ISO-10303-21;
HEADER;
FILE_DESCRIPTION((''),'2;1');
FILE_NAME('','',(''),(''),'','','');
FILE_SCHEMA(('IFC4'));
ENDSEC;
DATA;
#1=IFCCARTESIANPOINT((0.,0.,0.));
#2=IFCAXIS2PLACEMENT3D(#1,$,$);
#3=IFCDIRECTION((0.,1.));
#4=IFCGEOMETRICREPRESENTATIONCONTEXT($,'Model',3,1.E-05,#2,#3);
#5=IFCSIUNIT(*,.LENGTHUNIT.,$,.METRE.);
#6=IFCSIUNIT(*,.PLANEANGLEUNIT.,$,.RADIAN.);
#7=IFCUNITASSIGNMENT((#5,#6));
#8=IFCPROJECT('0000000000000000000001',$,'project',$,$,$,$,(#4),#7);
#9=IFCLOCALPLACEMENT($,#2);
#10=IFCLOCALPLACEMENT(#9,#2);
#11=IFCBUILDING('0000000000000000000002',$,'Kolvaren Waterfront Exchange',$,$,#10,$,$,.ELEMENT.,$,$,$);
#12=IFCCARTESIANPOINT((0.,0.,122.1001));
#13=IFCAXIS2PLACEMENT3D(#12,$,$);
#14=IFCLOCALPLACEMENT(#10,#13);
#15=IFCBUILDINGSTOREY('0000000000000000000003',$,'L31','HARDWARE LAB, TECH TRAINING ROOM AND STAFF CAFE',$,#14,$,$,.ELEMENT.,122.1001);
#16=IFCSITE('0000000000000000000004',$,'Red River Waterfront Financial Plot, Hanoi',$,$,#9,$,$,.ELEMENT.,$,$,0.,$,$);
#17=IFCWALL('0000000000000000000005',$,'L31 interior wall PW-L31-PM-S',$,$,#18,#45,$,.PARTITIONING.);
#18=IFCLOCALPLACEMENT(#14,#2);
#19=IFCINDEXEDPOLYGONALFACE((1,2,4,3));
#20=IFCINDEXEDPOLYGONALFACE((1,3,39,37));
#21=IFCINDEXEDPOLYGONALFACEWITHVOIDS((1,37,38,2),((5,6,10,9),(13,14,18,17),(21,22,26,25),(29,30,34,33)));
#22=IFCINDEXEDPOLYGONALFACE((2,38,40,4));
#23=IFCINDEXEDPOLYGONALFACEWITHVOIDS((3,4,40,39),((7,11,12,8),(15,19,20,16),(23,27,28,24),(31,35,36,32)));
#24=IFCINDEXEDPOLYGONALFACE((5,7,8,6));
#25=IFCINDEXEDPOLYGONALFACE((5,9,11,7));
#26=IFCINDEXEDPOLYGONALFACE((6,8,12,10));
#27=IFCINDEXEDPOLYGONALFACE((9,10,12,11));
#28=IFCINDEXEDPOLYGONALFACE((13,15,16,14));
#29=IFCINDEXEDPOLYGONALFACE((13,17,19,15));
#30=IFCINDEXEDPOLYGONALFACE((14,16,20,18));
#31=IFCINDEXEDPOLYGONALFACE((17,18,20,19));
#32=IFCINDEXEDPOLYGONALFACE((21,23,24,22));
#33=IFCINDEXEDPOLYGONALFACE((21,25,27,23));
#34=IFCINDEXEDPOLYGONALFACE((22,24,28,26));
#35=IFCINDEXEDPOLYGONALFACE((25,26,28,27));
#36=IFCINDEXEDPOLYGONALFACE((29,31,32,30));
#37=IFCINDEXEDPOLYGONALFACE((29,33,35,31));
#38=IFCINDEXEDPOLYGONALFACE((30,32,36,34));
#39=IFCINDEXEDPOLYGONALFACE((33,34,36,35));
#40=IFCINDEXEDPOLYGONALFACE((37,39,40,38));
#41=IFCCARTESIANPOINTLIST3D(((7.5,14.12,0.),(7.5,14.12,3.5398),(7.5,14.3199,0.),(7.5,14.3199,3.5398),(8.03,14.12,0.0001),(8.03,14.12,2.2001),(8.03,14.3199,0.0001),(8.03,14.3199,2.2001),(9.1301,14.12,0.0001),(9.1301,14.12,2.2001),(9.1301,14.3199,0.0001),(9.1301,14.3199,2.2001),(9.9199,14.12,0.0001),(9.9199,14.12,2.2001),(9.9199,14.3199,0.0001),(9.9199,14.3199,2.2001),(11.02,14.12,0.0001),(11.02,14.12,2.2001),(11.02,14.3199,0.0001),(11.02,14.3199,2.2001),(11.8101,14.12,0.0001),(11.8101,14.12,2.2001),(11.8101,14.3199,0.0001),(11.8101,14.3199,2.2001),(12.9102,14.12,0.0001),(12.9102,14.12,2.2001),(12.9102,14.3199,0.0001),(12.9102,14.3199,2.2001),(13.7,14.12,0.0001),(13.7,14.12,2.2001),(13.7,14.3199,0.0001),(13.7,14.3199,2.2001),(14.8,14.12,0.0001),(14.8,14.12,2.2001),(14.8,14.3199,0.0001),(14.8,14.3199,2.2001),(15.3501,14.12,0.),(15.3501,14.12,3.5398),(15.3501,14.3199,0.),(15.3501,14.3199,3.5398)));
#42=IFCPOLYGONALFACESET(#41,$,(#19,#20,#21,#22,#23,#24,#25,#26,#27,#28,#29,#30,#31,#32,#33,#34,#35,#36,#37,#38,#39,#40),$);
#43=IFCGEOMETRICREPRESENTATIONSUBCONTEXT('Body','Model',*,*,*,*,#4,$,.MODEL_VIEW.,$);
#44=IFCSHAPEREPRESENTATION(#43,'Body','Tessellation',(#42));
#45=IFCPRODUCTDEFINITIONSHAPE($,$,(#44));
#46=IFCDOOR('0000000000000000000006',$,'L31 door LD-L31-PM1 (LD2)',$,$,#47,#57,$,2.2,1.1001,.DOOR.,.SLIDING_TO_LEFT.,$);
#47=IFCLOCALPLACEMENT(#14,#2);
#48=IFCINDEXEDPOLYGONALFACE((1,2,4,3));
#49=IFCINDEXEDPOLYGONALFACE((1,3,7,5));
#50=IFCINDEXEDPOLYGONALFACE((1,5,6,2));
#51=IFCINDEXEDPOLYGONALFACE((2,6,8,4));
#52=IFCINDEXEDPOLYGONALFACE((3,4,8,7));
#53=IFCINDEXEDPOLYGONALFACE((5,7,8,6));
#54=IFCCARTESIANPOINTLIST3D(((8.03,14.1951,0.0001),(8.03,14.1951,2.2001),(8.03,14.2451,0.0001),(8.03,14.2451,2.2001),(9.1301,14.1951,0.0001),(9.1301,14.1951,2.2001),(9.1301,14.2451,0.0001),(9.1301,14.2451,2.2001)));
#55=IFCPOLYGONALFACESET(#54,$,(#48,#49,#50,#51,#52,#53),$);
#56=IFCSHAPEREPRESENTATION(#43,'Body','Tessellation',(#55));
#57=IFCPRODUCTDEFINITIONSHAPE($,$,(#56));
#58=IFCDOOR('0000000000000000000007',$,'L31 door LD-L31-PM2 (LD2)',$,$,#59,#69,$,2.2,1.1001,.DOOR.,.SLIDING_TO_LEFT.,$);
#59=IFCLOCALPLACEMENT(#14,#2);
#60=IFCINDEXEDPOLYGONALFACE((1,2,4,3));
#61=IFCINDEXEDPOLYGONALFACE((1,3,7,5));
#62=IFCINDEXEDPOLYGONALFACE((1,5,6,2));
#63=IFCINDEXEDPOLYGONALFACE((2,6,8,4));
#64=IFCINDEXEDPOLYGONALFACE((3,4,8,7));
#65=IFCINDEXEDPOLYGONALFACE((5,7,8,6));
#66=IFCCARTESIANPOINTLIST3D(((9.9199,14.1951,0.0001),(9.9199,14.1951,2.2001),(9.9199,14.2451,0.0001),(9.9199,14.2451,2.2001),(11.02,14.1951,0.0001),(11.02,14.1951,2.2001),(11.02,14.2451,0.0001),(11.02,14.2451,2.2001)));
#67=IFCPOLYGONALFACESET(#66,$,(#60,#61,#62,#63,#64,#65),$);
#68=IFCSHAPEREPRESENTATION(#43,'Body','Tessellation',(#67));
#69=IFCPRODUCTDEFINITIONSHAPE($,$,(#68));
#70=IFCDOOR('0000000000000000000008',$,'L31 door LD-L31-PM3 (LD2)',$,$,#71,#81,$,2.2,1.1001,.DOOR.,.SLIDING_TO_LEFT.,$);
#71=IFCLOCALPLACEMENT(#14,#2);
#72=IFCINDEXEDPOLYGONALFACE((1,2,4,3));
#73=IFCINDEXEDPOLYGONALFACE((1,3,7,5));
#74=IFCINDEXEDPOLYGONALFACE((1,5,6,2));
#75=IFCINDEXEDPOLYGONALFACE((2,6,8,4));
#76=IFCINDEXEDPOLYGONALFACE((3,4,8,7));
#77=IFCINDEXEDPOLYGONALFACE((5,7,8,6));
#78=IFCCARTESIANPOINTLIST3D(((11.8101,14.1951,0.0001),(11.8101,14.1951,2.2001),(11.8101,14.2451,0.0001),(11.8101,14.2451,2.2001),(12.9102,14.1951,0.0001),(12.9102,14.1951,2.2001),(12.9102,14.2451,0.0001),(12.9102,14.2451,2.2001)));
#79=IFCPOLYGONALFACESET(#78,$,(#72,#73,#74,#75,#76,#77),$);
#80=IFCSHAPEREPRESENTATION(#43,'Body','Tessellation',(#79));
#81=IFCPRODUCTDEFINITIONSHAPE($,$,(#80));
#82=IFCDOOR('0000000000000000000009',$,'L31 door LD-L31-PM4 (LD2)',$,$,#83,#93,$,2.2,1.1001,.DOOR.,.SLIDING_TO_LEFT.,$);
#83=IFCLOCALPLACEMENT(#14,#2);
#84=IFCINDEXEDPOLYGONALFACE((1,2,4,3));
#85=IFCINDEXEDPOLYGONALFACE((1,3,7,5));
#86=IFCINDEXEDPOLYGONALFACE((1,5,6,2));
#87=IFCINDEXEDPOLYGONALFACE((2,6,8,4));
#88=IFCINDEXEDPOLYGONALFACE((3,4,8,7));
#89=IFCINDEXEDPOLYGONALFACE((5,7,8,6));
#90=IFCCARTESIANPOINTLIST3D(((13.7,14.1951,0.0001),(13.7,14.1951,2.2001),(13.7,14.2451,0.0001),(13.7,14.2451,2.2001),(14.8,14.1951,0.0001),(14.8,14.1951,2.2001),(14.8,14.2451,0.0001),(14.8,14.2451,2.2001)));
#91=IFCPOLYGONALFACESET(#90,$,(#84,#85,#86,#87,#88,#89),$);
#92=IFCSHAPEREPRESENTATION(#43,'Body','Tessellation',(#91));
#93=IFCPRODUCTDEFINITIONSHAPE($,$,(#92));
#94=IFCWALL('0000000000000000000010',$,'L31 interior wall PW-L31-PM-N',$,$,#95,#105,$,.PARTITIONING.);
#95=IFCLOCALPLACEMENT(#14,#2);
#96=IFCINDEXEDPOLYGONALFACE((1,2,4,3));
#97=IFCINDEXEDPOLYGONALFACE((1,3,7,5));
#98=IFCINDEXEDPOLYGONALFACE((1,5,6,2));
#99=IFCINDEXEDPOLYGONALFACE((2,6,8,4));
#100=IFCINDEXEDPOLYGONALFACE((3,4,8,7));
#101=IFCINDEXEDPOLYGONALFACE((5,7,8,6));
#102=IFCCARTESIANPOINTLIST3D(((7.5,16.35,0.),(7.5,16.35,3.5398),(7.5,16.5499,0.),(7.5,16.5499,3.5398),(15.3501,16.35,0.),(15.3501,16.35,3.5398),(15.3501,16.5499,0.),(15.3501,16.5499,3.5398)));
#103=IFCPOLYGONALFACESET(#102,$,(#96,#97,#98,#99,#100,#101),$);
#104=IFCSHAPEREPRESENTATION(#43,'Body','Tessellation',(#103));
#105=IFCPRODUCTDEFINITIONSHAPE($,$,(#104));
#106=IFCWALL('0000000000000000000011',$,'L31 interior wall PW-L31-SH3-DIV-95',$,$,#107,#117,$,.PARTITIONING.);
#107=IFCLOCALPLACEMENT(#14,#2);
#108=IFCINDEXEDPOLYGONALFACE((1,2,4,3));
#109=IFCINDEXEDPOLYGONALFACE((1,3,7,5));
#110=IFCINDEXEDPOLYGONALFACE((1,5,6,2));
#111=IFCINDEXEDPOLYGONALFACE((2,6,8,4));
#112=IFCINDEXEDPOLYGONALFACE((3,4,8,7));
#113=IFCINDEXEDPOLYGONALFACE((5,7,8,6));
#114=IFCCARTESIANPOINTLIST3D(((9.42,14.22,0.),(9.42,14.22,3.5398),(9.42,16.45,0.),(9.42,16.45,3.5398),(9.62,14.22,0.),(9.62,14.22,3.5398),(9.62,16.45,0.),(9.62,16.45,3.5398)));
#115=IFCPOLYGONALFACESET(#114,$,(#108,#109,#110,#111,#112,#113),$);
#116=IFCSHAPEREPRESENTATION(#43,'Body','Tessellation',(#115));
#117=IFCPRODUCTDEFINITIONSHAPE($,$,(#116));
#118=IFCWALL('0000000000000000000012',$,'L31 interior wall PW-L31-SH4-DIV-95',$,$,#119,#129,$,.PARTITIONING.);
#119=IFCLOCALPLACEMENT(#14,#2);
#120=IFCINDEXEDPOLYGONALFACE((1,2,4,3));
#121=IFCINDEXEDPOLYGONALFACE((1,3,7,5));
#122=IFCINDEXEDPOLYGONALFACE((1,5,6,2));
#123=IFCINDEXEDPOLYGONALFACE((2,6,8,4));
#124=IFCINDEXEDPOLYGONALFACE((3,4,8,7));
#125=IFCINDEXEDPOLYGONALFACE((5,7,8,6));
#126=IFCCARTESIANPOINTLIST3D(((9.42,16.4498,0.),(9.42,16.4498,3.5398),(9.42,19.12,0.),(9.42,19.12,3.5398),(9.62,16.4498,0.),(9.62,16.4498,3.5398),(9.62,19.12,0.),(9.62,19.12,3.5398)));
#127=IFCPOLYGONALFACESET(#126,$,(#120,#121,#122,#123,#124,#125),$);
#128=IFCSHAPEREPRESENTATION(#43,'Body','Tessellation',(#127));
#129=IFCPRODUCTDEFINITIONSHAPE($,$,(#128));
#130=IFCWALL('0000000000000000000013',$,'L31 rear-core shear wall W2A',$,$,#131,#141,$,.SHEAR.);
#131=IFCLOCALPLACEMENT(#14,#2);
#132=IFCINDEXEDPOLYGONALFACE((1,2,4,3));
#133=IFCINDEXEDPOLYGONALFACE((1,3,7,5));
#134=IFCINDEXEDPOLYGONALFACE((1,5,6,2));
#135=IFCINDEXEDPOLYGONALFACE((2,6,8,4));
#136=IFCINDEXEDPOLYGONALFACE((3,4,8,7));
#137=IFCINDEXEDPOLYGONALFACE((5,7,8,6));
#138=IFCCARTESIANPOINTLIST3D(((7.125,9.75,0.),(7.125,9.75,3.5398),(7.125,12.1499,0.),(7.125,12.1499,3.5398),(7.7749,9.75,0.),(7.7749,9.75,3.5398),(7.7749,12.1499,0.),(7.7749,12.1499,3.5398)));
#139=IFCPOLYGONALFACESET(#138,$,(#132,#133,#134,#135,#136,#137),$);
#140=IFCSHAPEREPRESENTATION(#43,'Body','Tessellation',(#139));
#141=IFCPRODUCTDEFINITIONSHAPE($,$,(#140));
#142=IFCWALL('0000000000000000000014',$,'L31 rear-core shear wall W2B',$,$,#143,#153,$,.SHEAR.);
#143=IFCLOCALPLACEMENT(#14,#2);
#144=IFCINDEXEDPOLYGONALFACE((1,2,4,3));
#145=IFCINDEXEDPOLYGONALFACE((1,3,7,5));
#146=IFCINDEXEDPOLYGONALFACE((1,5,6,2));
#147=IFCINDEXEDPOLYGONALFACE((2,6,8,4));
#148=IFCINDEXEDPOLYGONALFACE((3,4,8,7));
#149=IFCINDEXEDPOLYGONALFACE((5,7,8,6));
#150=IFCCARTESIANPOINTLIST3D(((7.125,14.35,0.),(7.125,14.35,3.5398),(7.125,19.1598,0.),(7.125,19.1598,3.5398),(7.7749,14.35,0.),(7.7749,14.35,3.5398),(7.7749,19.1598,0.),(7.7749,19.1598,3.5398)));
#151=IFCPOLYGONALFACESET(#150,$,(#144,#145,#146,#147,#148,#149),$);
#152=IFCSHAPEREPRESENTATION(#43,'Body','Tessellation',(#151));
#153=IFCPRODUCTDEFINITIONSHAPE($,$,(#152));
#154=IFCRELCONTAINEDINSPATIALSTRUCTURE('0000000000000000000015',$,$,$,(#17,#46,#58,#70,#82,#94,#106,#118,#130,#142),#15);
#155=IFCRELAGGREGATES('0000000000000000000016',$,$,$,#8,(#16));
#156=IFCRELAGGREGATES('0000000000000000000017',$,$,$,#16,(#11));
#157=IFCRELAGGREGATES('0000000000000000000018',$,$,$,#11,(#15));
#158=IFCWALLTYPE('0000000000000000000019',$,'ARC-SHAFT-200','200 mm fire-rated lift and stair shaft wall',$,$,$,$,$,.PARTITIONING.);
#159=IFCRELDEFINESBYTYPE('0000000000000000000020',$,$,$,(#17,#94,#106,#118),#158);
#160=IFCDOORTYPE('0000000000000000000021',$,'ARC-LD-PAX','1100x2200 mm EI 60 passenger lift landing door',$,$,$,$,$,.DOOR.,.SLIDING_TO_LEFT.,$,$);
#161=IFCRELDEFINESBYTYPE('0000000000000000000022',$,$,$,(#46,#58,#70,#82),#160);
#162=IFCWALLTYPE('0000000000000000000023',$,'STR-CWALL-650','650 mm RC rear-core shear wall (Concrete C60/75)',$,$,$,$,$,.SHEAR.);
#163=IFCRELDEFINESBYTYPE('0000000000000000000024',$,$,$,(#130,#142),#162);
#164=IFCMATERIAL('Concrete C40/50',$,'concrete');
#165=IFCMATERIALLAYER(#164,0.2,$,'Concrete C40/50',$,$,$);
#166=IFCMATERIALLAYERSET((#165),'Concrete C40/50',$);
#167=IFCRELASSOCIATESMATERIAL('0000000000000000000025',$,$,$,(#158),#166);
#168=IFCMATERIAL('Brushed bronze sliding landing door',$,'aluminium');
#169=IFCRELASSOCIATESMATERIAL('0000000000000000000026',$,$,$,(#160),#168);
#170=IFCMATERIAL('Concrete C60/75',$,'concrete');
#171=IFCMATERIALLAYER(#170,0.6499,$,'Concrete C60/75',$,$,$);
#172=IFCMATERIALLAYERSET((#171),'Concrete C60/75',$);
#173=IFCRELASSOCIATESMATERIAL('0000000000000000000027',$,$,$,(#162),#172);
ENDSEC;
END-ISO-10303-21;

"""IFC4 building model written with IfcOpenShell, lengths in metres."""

from ifc_helpers import new_model, si_unit, direction, frame, frame_2d, origin, place, context, subcontext, project, spatial, rectangle, extrude, material, layer, layer_set, type_object, element, fill, save


model = new_model("IFC4")

# Units and contexts
model_context = context("Model", 3, precision=1e-05, world=origin(), true_north=direction((0.0, 1.0)))
body_context = subcontext(model_context, "Body", "Model", "MODEL_VIEW")
ifc_project = project(units=[si_unit("LENGTHUNIT", "METRE"), si_unit("PLANEANGLEUNIT", "RADIAN")], contexts=[model_context])

# Site, building, storey
site_placement = place(None, origin())
site = spatial("IfcSite", under=ifc_project, at=site_placement, Name="Red River Waterfront Financial Plot, Hanoi", CompositionType="ELEMENT", RefElevation=0.0)
building_placement = place(site_placement, origin())
building = spatial("IfcBuilding", under=site, at=building_placement, Name="Kolvaren Waterfront Exchange", CompositionType="ELEMENT")
storey_placement = place(building_placement, frame((0.0, 0.0, 122.1001)))
storey = spatial("IfcBuildingStorey", under=building, at=storey_placement, Name="L31", Description="HARDWARE LAB, TECH TRAINING ROOM AND STAFF CAFE", CompositionType="ELEMENT", Elevation=122.1001)

# Shared definitions
ifc_material_1 = material(Name="Concrete C60/75", Category="concrete")

# Wall, openings, doors
ifc_material_2 = material(Name="Concrete C40/50", Category="concrete")
ifc_layer_1 = layer(ifc_material_2, 0.2, Name="Concrete C40/50")
ifc_layer_set_1 = layer_set([ifc_layer_1], Name="Concrete C40/50")
wall_type_1 = type_object("IfcWallType", Name="ARC-SHAFT-200", Description="200 mm fire-rated lift and stair shaft wall", PredefinedType="PARTITIONING", material=ifc_layer_set_1)
wall_1_placement = place(storey_placement, frame((7.5, 14.22, 0.0), z_axis=(0.0, 0.0, 1.0), x_axis=(1.0, 0.0, 0.0)))
wall_1 = element("IfcWall", 1, at=wall_1_placement, inside=storey, type_object=wall_type_1, Name="L31 interior wall PW-L31-PM-S", PredefinedType="PARTITIONING", context=body_context, shape_type="SweptSolid", body=[
    extrude(rectangle(XDim=7.8501, YDim=0.2, at=frame_2d((3.925, 0.0))), origin(), (0.0, 0.0, 1.0), 3.5398),
])
opening_1_placement = place(wall_1_placement, frame((0.53, 0.0, 0.0)))
opening_1 = element("IfcOpeningElement", 2, at=opening_1_placement, cuts=wall_1, PredefinedType="OPENING", context=body_context, shape_type="SweptSolid", body=[
    extrude(rectangle(XDim=1.1001, YDim=2.2, at=frame_2d((0.55, 1.1001))), frame((0.0, 0.1099, 0.0), z_axis=(0.0, -1.0, 0.0), x_axis=(1.0, 0.0, 0.0)), (0.0, 0.0, 1.0), 0.22),
])
opening_2_placement = place(wall_1_placement, frame((2.4199, 0.0, 0.0)))
opening_2 = element("IfcOpeningElement", 3, at=opening_2_placement, cuts=wall_1, PredefinedType="OPENING", context=body_context, shape_type="SweptSolid", body=[
    extrude(rectangle(XDim=1.1001, YDim=2.2, at=frame_2d((0.55, 1.1001))), frame((0.0, 0.1099, 0.0), z_axis=(0.0, -1.0, 0.0), x_axis=(1.0, 0.0, 0.0)), (0.0, 0.0, 1.0), 0.22),
])
opening_3_placement = place(wall_1_placement, frame((4.3101, 0.0, 0.0)))
opening_3 = element("IfcOpeningElement", 4, at=opening_3_placement, cuts=wall_1, PredefinedType="OPENING", context=body_context, shape_type="SweptSolid", body=[
    extrude(rectangle(XDim=1.1001, YDim=2.2, at=frame_2d((0.55, 1.1001))), frame((0.0, 0.1099, 0.0), z_axis=(0.0, -1.0, 0.0), x_axis=(1.0, 0.0, 0.0)), (0.0, 0.0, 1.0), 0.22),
])
opening_4_placement = place(wall_1_placement, frame((6.2, 0.0, 0.0)))
opening_4 = element("IfcOpeningElement", 5, at=opening_4_placement, cuts=wall_1, PredefinedType="OPENING", context=body_context, shape_type="SweptSolid", body=[
    extrude(rectangle(XDim=1.1001, YDim=2.2, at=frame_2d((0.55, 1.1001))), frame((0.0, 0.1099, 0.0), z_axis=(0.0, -1.0, 0.0), x_axis=(1.0, 0.0, 0.0)), (0.0, 0.0, 1.0), 0.22),
])
ifc_material_3 = material(Name="Brushed bronze sliding landing door", Category="aluminium")
door_type_1 = type_object("IfcDoorType", Name="ARC-LD-PAX", Description="1100x2200 mm EI 60 passenger lift landing door", OperationType="SLIDING_TO_LEFT", PredefinedType="DOOR", material=ifc_material_3)
door_1_placement = place(opening_1_placement, frame((1.1001, 0.0, 0.0), z_axis=(0.0, 0.0, 1.0), x_axis=(-1.0, 0.0, 0.0)))
door_1 = element("IfcDoor", 6, at=door_1_placement, inside=storey, type_object=door_type_1, Name="L31 door LD-L31-PM1 (LD2)", OperationType="SLIDING_TO_LEFT", OverallHeight=2.2, OverallWidth=1.1001, PredefinedType="DOOR", context=body_context, shape_type="SweptSolid", body=[
    extrude(rectangle(XDim=1.1001, YDim=2.2, at=frame_2d((0.55, 1.1001))), frame((0.0, 0.0249, 0.0), z_axis=(0.0, -1.0, 0.0), x_axis=(1.0, 0.0, 0.0)), (0.0, 0.0, 1.0), 0.05),
])
fill(opening_1, door_1)
door_2_placement = place(opening_2_placement, frame((1.1001, 0.0, 0.0), z_axis=(0.0, 0.0, 1.0), x_axis=(-1.0, 0.0, 0.0)))
door_2 = element("IfcDoor", 7, at=door_2_placement, inside=storey, type_object=door_type_1, Name="L31 door LD-L31-PM2 (LD2)", OperationType="SLIDING_TO_LEFT", OverallHeight=2.2, OverallWidth=1.1001, PredefinedType="DOOR", context=body_context, shape_type="SweptSolid", body=[
    extrude(rectangle(XDim=1.1001, YDim=2.2, at=frame_2d((0.55, 1.1001))), frame((0.0, 0.0249, 0.0), z_axis=(0.0, -1.0, 0.0), x_axis=(1.0, 0.0, 0.0)), (0.0, 0.0, 1.0), 0.05),
])
fill(opening_2, door_2)
door_3_placement = place(opening_3_placement, frame((1.1001, 0.0, 0.0), z_axis=(0.0, 0.0, 1.0), x_axis=(-1.0, 0.0, 0.0)))
door_3 = element("IfcDoor", 8, at=door_3_placement, inside=storey, type_object=door_type_1, Name="L31 door LD-L31-PM3 (LD2)", OperationType="SLIDING_TO_LEFT", OverallHeight=2.2, OverallWidth=1.1001, PredefinedType="DOOR", context=body_context, shape_type="SweptSolid", body=[
    extrude(rectangle(XDim=1.1001, YDim=2.2, at=frame_2d((0.55, 1.1001))), frame((0.0, 0.0249, 0.0), z_axis=(0.0, -1.0, 0.0), x_axis=(1.0, 0.0, 0.0)), (0.0, 0.0, 1.0), 0.05),
])
fill(opening_3, door_3)
door_4_placement = place(opening_4_placement, frame((1.1001, 0.0, 0.0), z_axis=(0.0, 0.0, 1.0), x_axis=(-1.0, 0.0, 0.0)))
door_4 = element("IfcDoor", 9, at=door_4_placement, inside=storey, type_object=door_type_1, Name="L31 door LD-L31-PM4 (LD2)", OperationType="SLIDING_TO_LEFT", OverallHeight=2.2, OverallWidth=1.1001, PredefinedType="DOOR", context=body_context, shape_type="SweptSolid", body=[
    extrude(rectangle(XDim=1.1001, YDim=2.2, at=frame_2d((0.55, 1.1001))), frame((0.0, 0.0249, 0.0), z_axis=(0.0, -1.0, 0.0), x_axis=(1.0, 0.0, 0.0)), (0.0, 0.0, 1.0), 0.05),
])
fill(opening_4, door_4)

# Walls
wall_2_placement = place(storey_placement, frame((7.5, 16.45, 0.0), z_axis=(0.0, 0.0, 1.0), x_axis=(1.0, 0.0, 0.0)))
element("IfcWall", 10, at=wall_2_placement, inside=storey, type_object=wall_type_1, Name="L31 interior wall PW-L31-PM-N", PredefinedType="PARTITIONING", context=body_context, shape_type="SweptSolid", body=[
    extrude(rectangle(XDim=7.8501, YDim=0.2, at=frame_2d((3.925, 0.0))), origin(), (0.0, 0.0, 1.0), 3.5398),
])
wall_3_placement = place(storey_placement, frame((9.52, 14.22, 0.0), z_axis=(0.0, 0.0, 1.0), x_axis=(0.0, 1.0, 0.0)))
element("IfcWall", 11, at=wall_3_placement, inside=storey, type_object=wall_type_1, Name="L31 interior wall PW-L31-SH3-DIV-95", PredefinedType="PARTITIONING", context=body_context, shape_type="SweptSolid", body=[
    extrude(rectangle(XDim=2.23, YDim=0.2, at=frame_2d((1.115, 0.0))), origin(), (0.0, 0.0, 1.0), 3.5398),
])
wall_4_placement = place(storey_placement, frame((9.52, 16.45, 0.0), z_axis=(0.0, 0.0, 1.0), x_axis=(0.0, 1.0, 0.0)))
element("IfcWall", 12, at=wall_4_placement, inside=storey, type_object=wall_type_1, Name="L31 interior wall PW-L31-SH4-DIV-95", PredefinedType="PARTITIONING", context=body_context, shape_type="SweptSolid", body=[
    extrude(rectangle(XDim=2.6702, YDim=0.2, at=frame_2d((1.335, 0.0))), origin(), (0.0, 0.0, 1.0), 3.5398),
])
ifc_layer_2 = layer(ifc_material_1, 0.6499, Name="Concrete C60/75")
ifc_layer_set_2 = layer_set([ifc_layer_2], Name="Concrete C60/75")
wall_type_2 = type_object("IfcWallType", Name="STR-CWALL-650", Description="650 mm RC rear-core shear wall (Concrete C60/75)", PredefinedType="SHEAR", material=ifc_layer_set_2)
wall_5_placement = place(storey_placement, frame((7.45, 9.75, 0.0), z_axis=(0.0, 0.0, 1.0), x_axis=(0.0, 1.0, 0.0)))
element("IfcWall", 13, at=wall_5_placement, inside=storey, type_object=wall_type_2, Name="L31 rear-core shear wall W2A", PredefinedType="SHEAR", context=body_context, shape_type="SweptSolid", body=[
    extrude(rectangle(XDim=2.3999, YDim=0.6499, at=frame_2d((1.2, 0.0))), origin(), (0.0, 0.0, 1.0), 3.5398),
])
wall_6_placement = place(storey_placement, frame((7.45, 14.3501, 0.0), z_axis=(0.0, 0.0, 1.0), x_axis=(0.0, 1.0, 0.0)))
element("IfcWall", 14, at=wall_6_placement, inside=storey, type_object=wall_type_2, Name="L31 rear-core shear wall W2B", PredefinedType="SHEAR", context=body_context, shape_type="SweptSolid", body=[
    extrude(rectangle(XDim=4.8098, YDim=0.6499, at=frame_2d((2.4048, 0.0))), origin(), (0.0, 0.0, 1.0), 3.5398),
])

save(model, "model.ifc")
